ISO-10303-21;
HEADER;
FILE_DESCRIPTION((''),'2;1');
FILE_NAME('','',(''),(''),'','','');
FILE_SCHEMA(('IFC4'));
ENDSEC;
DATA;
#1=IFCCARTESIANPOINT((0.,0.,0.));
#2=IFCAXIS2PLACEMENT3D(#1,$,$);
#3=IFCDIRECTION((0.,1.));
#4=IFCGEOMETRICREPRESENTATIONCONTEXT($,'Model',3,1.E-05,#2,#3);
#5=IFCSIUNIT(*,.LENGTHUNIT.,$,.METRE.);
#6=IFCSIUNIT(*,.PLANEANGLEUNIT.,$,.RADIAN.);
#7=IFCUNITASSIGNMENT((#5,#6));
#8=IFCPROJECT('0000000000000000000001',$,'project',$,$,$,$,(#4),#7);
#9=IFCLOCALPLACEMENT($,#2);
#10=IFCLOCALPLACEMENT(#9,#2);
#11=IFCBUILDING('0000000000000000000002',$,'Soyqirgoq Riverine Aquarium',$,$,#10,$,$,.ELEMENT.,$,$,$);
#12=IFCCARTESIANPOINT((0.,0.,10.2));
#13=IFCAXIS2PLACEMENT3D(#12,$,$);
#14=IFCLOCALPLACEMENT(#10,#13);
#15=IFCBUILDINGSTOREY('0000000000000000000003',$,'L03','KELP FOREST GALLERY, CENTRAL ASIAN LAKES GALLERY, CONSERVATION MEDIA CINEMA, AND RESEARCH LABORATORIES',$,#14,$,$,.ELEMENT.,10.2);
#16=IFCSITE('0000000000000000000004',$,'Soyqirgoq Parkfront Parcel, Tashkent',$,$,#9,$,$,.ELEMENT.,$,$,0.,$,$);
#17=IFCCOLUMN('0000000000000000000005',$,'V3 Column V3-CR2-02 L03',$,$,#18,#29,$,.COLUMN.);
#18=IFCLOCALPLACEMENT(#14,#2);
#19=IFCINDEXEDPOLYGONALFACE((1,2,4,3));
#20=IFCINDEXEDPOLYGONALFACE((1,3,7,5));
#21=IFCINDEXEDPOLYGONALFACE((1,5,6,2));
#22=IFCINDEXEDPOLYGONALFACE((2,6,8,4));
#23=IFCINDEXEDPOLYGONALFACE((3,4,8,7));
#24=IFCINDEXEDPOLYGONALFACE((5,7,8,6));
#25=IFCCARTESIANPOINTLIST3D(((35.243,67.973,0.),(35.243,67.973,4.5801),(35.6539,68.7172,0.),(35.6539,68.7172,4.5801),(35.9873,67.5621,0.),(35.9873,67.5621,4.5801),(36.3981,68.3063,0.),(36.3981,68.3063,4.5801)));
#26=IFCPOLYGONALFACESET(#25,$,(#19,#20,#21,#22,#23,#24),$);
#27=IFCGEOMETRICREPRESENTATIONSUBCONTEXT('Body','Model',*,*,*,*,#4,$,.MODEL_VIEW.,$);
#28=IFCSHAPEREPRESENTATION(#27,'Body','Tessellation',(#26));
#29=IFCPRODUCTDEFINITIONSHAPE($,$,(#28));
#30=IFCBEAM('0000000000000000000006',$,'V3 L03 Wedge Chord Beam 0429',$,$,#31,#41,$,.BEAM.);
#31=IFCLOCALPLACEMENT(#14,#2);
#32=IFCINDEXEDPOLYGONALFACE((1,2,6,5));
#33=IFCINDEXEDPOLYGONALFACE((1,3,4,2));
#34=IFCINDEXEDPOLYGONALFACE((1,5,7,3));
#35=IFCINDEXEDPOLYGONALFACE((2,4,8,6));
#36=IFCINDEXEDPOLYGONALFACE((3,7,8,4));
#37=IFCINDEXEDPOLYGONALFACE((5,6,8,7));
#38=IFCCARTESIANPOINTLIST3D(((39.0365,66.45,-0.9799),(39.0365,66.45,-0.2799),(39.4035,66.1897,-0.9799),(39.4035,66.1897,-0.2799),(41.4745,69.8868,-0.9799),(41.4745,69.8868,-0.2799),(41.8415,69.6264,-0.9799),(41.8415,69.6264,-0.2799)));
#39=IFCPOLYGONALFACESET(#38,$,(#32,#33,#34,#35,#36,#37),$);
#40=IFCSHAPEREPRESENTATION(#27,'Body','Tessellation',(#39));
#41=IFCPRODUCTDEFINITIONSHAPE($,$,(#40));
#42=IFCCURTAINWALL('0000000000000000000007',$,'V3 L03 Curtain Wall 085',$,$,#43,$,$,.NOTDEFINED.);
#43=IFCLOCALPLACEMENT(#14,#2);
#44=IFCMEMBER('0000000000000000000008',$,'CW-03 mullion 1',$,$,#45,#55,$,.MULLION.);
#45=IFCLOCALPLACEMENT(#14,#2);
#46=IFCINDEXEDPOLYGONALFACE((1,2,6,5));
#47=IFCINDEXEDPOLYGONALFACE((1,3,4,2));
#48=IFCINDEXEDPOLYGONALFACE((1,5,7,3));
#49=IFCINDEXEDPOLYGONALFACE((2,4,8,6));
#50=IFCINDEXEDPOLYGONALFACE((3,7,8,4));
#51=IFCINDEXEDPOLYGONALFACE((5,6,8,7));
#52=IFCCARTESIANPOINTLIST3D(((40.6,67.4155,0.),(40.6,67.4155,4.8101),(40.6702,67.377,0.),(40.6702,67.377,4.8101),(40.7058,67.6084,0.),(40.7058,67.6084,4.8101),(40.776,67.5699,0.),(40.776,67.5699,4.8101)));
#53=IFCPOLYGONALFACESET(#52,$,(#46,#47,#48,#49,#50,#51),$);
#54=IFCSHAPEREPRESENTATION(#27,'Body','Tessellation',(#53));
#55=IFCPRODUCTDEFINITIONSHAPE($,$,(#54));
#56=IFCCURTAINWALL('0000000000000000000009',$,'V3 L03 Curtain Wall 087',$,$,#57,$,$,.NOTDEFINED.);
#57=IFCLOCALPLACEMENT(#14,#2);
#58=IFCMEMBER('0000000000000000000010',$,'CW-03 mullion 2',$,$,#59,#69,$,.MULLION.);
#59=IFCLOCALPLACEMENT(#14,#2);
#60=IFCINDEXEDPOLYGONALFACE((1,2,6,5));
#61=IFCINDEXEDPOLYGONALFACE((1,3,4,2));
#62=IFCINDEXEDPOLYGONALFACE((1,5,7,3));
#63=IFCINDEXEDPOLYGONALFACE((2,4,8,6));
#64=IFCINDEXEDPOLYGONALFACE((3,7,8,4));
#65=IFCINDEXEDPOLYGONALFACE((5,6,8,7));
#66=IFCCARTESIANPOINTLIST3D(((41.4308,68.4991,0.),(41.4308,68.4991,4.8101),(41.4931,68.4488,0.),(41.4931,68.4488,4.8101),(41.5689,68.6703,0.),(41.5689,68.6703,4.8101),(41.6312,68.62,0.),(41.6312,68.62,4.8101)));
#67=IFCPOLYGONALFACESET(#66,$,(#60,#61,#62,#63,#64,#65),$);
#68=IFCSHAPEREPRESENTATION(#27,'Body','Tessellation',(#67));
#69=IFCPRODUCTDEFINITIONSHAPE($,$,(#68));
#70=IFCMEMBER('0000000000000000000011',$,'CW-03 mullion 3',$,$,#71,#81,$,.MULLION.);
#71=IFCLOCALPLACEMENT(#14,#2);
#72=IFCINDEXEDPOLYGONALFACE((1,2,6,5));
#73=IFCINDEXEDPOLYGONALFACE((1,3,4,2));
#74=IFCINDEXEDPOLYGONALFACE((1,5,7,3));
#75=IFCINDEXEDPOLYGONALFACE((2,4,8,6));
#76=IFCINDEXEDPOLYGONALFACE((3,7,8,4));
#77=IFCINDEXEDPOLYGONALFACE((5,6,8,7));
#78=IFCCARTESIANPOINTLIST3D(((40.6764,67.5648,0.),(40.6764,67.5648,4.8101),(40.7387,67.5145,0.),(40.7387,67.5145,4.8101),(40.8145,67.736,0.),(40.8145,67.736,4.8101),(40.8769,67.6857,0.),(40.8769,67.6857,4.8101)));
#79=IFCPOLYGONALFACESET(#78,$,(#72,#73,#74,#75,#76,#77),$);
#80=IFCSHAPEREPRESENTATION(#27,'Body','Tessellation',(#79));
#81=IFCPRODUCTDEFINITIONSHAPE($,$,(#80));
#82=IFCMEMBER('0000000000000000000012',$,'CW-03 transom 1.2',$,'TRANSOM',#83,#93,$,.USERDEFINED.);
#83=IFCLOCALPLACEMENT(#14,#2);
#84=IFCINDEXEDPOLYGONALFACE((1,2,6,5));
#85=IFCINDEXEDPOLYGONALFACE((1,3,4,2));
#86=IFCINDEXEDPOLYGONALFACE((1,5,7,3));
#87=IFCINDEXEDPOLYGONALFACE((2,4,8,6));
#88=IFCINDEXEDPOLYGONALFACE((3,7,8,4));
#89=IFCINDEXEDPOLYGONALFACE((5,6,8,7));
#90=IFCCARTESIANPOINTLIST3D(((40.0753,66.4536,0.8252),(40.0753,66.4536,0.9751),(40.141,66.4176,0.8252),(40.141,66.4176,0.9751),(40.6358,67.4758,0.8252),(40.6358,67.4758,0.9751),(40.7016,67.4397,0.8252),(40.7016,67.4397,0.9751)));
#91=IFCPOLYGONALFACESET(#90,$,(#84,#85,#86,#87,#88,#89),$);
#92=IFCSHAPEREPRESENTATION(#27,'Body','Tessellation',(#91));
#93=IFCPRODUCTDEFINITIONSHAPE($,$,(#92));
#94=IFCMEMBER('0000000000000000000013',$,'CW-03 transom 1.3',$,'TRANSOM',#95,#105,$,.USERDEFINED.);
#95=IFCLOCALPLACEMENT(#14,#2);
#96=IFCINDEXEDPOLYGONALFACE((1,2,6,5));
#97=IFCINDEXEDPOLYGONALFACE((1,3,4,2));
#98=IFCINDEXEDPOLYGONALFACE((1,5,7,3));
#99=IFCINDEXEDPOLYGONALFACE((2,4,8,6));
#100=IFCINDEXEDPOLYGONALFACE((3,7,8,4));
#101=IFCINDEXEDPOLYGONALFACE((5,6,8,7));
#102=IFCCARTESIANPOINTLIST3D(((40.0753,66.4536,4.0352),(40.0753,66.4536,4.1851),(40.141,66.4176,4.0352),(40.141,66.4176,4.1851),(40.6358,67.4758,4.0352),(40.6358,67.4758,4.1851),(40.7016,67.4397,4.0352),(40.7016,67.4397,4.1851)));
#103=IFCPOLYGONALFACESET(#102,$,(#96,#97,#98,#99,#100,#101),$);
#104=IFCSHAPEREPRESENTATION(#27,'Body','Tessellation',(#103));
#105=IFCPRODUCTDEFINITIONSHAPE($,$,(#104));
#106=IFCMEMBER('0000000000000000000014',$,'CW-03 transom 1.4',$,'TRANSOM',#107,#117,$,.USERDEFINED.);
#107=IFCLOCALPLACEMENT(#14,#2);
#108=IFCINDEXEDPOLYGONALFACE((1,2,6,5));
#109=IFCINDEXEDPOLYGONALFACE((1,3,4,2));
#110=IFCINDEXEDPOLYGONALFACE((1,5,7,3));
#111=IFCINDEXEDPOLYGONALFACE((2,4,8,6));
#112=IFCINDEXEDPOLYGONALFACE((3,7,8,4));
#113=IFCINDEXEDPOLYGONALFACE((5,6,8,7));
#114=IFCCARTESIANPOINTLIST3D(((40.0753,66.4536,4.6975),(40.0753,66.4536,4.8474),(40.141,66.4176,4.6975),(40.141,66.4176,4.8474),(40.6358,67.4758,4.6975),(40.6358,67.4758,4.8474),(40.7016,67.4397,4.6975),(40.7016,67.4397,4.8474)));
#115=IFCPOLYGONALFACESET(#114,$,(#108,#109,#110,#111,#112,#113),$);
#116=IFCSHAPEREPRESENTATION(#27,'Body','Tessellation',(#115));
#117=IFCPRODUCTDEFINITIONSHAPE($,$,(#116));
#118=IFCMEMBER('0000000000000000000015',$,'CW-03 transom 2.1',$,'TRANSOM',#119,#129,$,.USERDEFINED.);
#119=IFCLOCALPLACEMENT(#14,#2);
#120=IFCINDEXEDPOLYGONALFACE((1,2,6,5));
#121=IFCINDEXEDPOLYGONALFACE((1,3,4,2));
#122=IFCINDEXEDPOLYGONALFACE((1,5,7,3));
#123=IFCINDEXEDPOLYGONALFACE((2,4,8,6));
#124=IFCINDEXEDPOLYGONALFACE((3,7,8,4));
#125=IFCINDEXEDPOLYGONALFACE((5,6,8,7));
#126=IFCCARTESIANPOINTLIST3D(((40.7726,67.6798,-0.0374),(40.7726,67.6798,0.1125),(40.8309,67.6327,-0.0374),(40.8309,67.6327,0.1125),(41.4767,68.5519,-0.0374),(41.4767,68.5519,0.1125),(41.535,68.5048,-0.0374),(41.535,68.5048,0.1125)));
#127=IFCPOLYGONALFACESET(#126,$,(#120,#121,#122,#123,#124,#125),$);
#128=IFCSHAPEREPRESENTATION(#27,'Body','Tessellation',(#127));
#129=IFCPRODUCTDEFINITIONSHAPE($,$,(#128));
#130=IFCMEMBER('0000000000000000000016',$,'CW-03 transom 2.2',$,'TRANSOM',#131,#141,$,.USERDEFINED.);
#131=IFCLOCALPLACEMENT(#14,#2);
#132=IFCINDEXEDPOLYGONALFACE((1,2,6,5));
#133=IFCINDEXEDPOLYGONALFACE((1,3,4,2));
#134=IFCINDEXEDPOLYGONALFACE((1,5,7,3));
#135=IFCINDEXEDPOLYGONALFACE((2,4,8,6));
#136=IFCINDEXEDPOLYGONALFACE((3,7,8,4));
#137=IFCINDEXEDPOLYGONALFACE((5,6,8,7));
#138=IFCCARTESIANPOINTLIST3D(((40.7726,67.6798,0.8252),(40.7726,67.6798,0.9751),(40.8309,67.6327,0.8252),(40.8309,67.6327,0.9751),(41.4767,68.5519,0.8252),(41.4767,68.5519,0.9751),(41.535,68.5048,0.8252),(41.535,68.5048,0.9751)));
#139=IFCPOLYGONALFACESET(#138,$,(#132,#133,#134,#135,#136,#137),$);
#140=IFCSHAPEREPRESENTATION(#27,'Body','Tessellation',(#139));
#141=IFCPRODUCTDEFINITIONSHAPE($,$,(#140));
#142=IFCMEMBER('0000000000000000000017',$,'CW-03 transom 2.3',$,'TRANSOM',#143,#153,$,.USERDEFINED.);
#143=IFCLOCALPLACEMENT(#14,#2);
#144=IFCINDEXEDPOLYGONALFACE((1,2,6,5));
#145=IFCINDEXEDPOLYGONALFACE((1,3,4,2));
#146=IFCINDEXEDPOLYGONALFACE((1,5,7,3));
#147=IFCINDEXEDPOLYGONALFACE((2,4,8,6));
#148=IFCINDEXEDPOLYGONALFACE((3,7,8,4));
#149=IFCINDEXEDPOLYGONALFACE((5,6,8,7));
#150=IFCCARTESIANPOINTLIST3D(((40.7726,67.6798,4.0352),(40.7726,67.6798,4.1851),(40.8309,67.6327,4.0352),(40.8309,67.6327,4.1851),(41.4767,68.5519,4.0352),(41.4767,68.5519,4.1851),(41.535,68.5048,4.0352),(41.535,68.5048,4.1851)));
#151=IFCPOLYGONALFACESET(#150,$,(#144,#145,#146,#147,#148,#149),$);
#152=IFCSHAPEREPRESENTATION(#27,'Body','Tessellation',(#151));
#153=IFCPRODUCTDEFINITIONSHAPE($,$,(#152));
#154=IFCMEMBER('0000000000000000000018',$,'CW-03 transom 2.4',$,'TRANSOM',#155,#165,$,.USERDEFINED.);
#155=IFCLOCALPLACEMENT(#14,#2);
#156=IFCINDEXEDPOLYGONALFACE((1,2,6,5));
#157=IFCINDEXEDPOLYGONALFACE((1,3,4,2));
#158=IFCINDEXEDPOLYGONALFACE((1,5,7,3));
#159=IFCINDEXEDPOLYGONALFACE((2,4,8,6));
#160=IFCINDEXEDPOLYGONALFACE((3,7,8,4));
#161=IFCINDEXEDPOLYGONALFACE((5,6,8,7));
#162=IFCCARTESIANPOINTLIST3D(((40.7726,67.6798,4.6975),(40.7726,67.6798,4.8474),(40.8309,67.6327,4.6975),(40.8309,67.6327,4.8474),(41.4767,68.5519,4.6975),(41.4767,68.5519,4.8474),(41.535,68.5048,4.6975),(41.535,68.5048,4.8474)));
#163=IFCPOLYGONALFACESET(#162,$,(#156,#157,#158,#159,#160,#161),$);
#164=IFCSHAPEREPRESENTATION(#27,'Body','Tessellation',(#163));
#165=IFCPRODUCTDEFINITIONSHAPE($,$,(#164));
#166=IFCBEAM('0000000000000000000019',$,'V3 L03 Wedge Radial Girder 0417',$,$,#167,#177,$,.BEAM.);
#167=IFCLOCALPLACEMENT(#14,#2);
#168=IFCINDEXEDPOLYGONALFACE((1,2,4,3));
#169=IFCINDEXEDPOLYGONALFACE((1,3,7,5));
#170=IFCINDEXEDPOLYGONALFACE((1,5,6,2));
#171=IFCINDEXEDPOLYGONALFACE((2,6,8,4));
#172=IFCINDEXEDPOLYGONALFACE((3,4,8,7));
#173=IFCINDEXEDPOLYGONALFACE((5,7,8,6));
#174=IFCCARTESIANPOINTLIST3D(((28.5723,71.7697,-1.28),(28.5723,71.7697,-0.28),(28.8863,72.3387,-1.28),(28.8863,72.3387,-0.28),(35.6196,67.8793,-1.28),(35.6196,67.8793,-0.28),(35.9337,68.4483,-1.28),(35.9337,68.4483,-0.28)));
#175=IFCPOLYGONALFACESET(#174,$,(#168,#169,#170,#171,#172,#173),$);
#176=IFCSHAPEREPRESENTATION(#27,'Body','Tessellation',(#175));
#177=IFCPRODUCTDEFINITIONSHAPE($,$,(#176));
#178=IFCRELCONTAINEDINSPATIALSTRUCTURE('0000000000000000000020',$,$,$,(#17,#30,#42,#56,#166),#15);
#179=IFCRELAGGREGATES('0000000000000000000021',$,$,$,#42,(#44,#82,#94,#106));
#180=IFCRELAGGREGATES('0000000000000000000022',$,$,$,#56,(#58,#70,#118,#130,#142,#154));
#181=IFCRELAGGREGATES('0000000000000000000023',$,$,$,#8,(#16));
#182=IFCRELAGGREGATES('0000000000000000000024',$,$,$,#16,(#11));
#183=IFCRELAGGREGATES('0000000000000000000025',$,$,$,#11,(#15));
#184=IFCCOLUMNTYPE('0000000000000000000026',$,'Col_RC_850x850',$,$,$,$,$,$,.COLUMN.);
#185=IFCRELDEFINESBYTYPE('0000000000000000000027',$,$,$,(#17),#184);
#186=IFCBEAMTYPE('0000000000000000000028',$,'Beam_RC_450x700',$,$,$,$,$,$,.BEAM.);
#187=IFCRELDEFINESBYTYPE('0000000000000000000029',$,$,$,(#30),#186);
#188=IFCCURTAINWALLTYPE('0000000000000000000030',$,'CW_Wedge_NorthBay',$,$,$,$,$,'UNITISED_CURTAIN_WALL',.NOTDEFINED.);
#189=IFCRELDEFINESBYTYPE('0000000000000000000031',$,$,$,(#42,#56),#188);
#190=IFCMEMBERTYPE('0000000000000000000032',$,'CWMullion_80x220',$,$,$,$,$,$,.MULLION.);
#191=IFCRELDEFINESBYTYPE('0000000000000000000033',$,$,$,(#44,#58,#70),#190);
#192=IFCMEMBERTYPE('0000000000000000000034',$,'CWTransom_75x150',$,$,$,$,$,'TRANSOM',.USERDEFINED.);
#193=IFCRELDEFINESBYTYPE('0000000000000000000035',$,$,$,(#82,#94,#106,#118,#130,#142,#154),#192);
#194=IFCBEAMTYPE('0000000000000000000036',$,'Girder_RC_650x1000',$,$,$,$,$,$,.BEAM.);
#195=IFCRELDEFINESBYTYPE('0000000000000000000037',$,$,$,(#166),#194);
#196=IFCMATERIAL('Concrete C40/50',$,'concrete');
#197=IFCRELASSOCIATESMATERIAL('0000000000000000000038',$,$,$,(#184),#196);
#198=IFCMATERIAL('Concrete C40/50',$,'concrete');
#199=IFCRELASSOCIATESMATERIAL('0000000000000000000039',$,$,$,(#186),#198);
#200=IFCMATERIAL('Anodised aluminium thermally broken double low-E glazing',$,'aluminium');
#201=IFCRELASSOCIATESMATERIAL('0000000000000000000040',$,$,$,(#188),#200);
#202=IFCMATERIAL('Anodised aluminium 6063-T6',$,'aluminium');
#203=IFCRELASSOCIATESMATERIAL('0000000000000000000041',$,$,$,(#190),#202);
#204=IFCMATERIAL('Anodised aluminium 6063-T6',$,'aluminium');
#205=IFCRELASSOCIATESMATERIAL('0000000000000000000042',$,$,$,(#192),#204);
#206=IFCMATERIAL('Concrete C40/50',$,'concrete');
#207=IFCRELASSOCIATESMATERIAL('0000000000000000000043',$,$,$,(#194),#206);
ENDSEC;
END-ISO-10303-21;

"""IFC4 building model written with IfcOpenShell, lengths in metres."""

from ifc_helpers import new_model, si_unit, direction, frame, origin, origin_2d, place, context, subcontext, project, spatial, rectangle, extrude, material, material_profile, profile_set, type_object, element, aggregate, save


model = new_model("IFC4")

# Units and contexts
model_context = context("Model", 3, precision=1e-05, world=origin(), true_north=direction((0.0, 1.0)))
body_context = subcontext(model_context, "Body", "Model", "MODEL_VIEW")
ifc_project = project(units=[si_unit("LENGTHUNIT", "METRE"), si_unit("PLANEANGLEUNIT", "RADIAN")], contexts=[model_context])

# Site, building, storey
site_placement = place(None, origin())
site = spatial("IfcSite", under=ifc_project, at=site_placement, Name="Soyqirgoq Parkfront Parcel, Tashkent", CompositionType="ELEMENT", RefElevation=0.0)
building_placement = place(site_placement, origin())
building = spatial("IfcBuilding", under=site, at=building_placement, Name="Soyqirgoq Riverine Aquarium", CompositionType="ELEMENT")
storey_placement = place(building_placement, frame((0.0, 0.0, 10.2)))
storey = spatial("IfcBuildingStorey", under=building, at=storey_placement, Name="L03", Description="KELP FOREST GALLERY, CENTRAL ASIAN LAKES GALLERY, CONSERVATION MEDIA CINEMA, AND RESEARCH LABORATORIES", CompositionType="ELEMENT", Elevation=10.2)

# Column
ifc_material_1 = material(Name="Concrete C40/50", Category="concrete")
ifc_material_profile_1 = material_profile(ifc_material_1, rectangle(XDim=0.8501, YDim=0.8501, at=origin_2d()), Name="RC 850x850")
ifc_profile_set_1 = profile_set([ifc_material_profile_1], Name="Concrete C40/50")
column_type = type_object("IfcColumnType", Name="Col_RC_850x850", PredefinedType="COLUMN", material=ifc_profile_set_1)
column_placement = place(storey_placement, frame((35.8206, 68.1396, 0.0), z_axis=(0.0, 0.0, 1.0), x_axis=(-0.875465, 0.483282, 0.0)))
element("IfcColumn", 1, at=column_placement, inside=storey, type_object=column_type, Name="V3 Column V3-CR2-02 L03", PredefinedType="COLUMN", context=body_context, shape_type="SweptSolid", body=[
    extrude(rectangle(XDim=0.8501, YDim=0.8501, at=origin_2d()), origin(), (0.0, 0.0, 1.0), 4.5801),
])

# Beam
ifc_material_2 = material(Name="Concrete C40/50", Category="concrete")
ifc_material_profile_2 = material_profile(ifc_material_2, rectangle(XDim=0.45, YDim=0.7, at=origin_2d()), Name="RC 450x700")
ifc_profile_set_2 = profile_set([ifc_material_profile_2], Name="Concrete C40/50")
beam_type_1 = type_object("IfcBeamType", Name="Beam_RC_450x700", PredefinedType="BEAM", material=ifc_profile_set_2)
beam_1_placement = place(storey_placement, frame((41.658, 69.7566, -0.6299), z_axis=(-0.578588, -0.81562, 0.0), x_axis=(0.81562, -0.578588, 0.0)))
element("IfcBeam", 2, at=beam_1_placement, inside=storey, type_object=beam_type_1, Name="V3 L03 Wedge Chord Beam 0429", PredefinedType="BEAM", context=body_context, shape_type="SweptSolid", body=[
    extrude(rectangle(XDim=0.45, YDim=0.7, at=origin_2d()), origin(), (0.0, 0.0, 1.0), 4.2136),
])

# Curtain wall, member
ifc_material_3 = material(Name="Anodised aluminium thermally broken double low-E glazing", Category="aluminium")
curtain_wall_type = type_object("IfcCurtainWallType", Name="CW_Wedge_NorthBay", ElementType="UNITISED_CURTAIN_WALL", PredefinedType="NOTDEFINED", material=ifc_material_3)
curtain_wall_1_placement = place(storey_placement, origin())
curtain_wall_1 = element("IfcCurtainWall", 3, at=curtain_wall_1_placement, inside=storey, type_object=curtain_wall_type, Name="V3 L03 Curtain Wall 085", PredefinedType="NOTDEFINED")
ifc_material_4 = material(Name="Anodised aluminium 6063-T6", Category="aluminium")
ifc_material_profile_3 = material_profile(ifc_material_4, rectangle(XDim=0.0801, YDim=0.22, at=origin_2d()), Name="ALU-M 80x220")
ifc_profile_set_3 = profile_set([ifc_material_profile_3], Name="Anodised aluminium 6063-T6")
member_type_1 = type_object("IfcMemberType", Name="CWMullion_80x220", PredefinedType="MULLION", material=ifc_profile_set_3)
member_1_placement = place(storey_placement, frame((40.688, 67.4927, 0.0), z_axis=(0.0, 0.0, 1.0), x_axis=(0.876811, -0.480835, 0.0)))
member_1 = element("IfcMember", 4, at=member_1_placement, type_object=member_type_1, Name="CW-03 mullion 1", PredefinedType="MULLION", context=body_context, shape_type="SweptSolid", body=[
    extrude(rectangle(XDim=0.0801, YDim=0.22, at=origin_2d()), origin(), (0.0, 0.0, 1.0), 4.8101),
])

# Curtain wall, members
curtain_wall_2_placement = place(storey_placement, origin())
curtain_wall_2 = element("IfcCurtainWall", 5, at=curtain_wall_2_placement, inside=storey, type_object=curtain_wall_type, Name="V3 L03 Curtain Wall 087", PredefinedType="NOTDEFINED")
member_2_placement = place(storey_placement, frame((41.531, 68.5596, 0.0), z_axis=(0.0, 0.0, 1.0), x_axis=(0.77809, -0.628153, 0.0)))
member_2 = element("IfcMember", 6, at=member_2_placement, type_object=member_type_1, Name="CW-03 mullion 2", PredefinedType="MULLION", context=body_context, shape_type="SweptSolid", body=[
    extrude(rectangle(XDim=0.0801, YDim=0.22, at=origin_2d()), origin(), (0.0, 0.0, 1.0), 4.8101),
])
member_3_placement = place(storey_placement, frame((40.7766, 67.6252, 0.0), z_axis=(0.0, 0.0, 1.0), x_axis=(0.77809, -0.628153, 0.0)))
member_3 = element("IfcMember", 7, at=member_3_placement, type_object=member_type_1, Name="CW-03 mullion 3", PredefinedType="MULLION", context=body_context, shape_type="SweptSolid", body=[
    extrude(rectangle(XDim=0.0801, YDim=0.22, at=origin_2d()), origin(), (0.0, 0.0, 1.0), 4.8101),
])

# Members
ifc_material_5 = material(Name="Anodised aluminium 6063-T6", Category="aluminium")
ifc_material_profile_4 = material_profile(ifc_material_5, rectangle(XDim=0.075, YDim=0.1499, at=origin_2d()), Name="ALU-T 75x150")
ifc_profile_set_4 = profile_set([ifc_material_profile_4], Name="Anodised aluminium 6063-T6")
member_type_2 = type_object("IfcMemberType", Name="CWTransom_75x150", ElementType="TRANSOM", PredefinedType="USERDEFINED", material=ifc_profile_set_4)
member_4_placement = place(storey_placement, frame((40.6687, 67.4578, 0.9001), z_axis=(-0.480817, -0.876821, 0.0), x_axis=(0.876821, -0.480817, 0.0)))
member_4 = element("IfcMember", 8, at=member_4_placement, type_object=member_type_2, Name="CW-03 transom 1.2", ObjectType="TRANSOM", PredefinedType="USERDEFINED", context=body_context, shape_type="SweptSolid", body=[
    extrude(rectangle(XDim=0.075, YDim=0.1499, at=origin_2d()), origin(), (0.0, 0.0, 1.0), 1.1658),
])
member_5_placement = place(storey_placement, frame((40.6687, 67.4578, 4.1101), z_axis=(-0.480817, -0.876821, 0.0), x_axis=(0.876821, -0.480817, 0.0)))
member_5 = element("IfcMember", 9, at=member_5_placement, type_object=member_type_2, Name="CW-03 transom 1.3", ObjectType="TRANSOM", PredefinedType="USERDEFINED", context=body_context, shape_type="SweptSolid", body=[
    extrude(rectangle(XDim=0.075, YDim=0.1499, at=origin_2d()), origin(), (0.0, 0.0, 1.0), 1.1658),
])
member_6_placement = place(storey_placement, frame((40.6687, 67.4578, 4.7725), z_axis=(-0.480817, -0.876821, 0.0), x_axis=(0.876821, -0.480817, 0.0)))
member_6 = element("IfcMember", 10, at=member_6_placement, type_object=member_type_2, Name="CW-03 transom 1.4", ObjectType="TRANSOM", PredefinedType="USERDEFINED", context=body_context, shape_type="SweptSolid", body=[
    extrude(rectangle(XDim=0.075, YDim=0.1499, at=origin_2d()), origin(), (0.0, 0.0, 1.0), 1.1658),
])
aggregate(curtain_wall_1, [member_1, member_4, member_5, member_6])
member_7_placement = place(storey_placement, frame((41.5059, 68.5283, 0.0376), z_axis=(-0.628195, -0.778056, 0.0), x_axis=(0.778056, -0.628195, 0.0)))
member_7 = element("IfcMember", 11, at=member_7_placement, type_object=member_type_2, Name="CW-03 transom 2.1", ObjectType="TRANSOM", PredefinedType="USERDEFINED", context=body_context, shape_type="SweptSolid", body=[
    extrude(rectangle(XDim=0.075, YDim=0.1499, at=origin_2d()), origin(), (0.0, 0.0, 1.0), 1.1208),
])
member_8_placement = place(storey_placement, frame((41.5059, 68.5283, 0.9001), z_axis=(-0.628195, -0.778056, 0.0), x_axis=(0.778056, -0.628195, 0.0)))
member_8 = element("IfcMember", 12, at=member_8_placement, type_object=member_type_2, Name="CW-03 transom 2.2", ObjectType="TRANSOM", PredefinedType="USERDEFINED", context=body_context, shape_type="SweptSolid", body=[
    extrude(rectangle(XDim=0.075, YDim=0.1499, at=origin_2d()), origin(), (0.0, 0.0, 1.0), 1.1208),
])
member_9_placement = place(storey_placement, frame((41.5059, 68.5283, 4.1101), z_axis=(-0.628195, -0.778056, 0.0), x_axis=(0.778056, -0.628195, 0.0)))
member_9 = element("IfcMember", 13, at=member_9_placement, type_object=member_type_2, Name="CW-03 transom 2.3", ObjectType="TRANSOM", PredefinedType="USERDEFINED", context=body_context, shape_type="SweptSolid", body=[
    extrude(rectangle(XDim=0.075, YDim=0.1499, at=origin_2d()), origin(), (0.0, 0.0, 1.0), 1.1208),
])
member_10_placement = place(storey_placement, frame((41.5059, 68.5283, 4.7725), z_axis=(-0.628195, -0.778056, 0.0), x_axis=(0.778056, -0.628195, 0.0)))
member_10 = element("IfcMember", 14, at=member_10_placement, type_object=member_type_2, Name="CW-03 transom 2.4", ObjectType="TRANSOM", PredefinedType="USERDEFINED", context=body_context, shape_type="SweptSolid", body=[
    extrude(rectangle(XDim=0.075, YDim=0.1499, at=origin_2d()), origin(), (0.0, 0.0, 1.0), 1.1208),
])

# Beam
ifc_material_6 = material(Name="Concrete C40/50", Category="concrete")
ifc_material_profile_5 = material_profile(ifc_material_6, rectangle(XDim=0.6499, YDim=1.0, at=origin_2d()), Name="RC 650x1000")
ifc_profile_set_5 = profile_set([ifc_material_profile_5], Name="Concrete C40/50")
beam_type_2 = type_object("IfcBeamType", Name="Girder_RC_650x1000", PredefinedType="BEAM", material=ifc_profile_set_5)
beam_2_placement = place(storey_placement, frame((35.7766, 68.1638, -0.78), z_axis=(-0.875463, 0.483285, 0.0), x_axis=(-0.483285, -0.875463, 0.0)))
element("IfcBeam", 15, at=beam_2_placement, inside=storey, type_object=beam_type_2, Name="V3 L03 Wedge Radial Girder 0417", PredefinedType="BEAM", context=body_context, shape_type="SweptSolid", body=[
    extrude(rectangle(XDim=0.6499, YDim=1.0, at=origin_2d()), origin(), (0.0, 0.0, 1.0), 8.0498),
])

aggregate(curtain_wall_2, [member_2, member_3, member_7, member_8, member_9, member_10])

save(model, "model.ifc")
